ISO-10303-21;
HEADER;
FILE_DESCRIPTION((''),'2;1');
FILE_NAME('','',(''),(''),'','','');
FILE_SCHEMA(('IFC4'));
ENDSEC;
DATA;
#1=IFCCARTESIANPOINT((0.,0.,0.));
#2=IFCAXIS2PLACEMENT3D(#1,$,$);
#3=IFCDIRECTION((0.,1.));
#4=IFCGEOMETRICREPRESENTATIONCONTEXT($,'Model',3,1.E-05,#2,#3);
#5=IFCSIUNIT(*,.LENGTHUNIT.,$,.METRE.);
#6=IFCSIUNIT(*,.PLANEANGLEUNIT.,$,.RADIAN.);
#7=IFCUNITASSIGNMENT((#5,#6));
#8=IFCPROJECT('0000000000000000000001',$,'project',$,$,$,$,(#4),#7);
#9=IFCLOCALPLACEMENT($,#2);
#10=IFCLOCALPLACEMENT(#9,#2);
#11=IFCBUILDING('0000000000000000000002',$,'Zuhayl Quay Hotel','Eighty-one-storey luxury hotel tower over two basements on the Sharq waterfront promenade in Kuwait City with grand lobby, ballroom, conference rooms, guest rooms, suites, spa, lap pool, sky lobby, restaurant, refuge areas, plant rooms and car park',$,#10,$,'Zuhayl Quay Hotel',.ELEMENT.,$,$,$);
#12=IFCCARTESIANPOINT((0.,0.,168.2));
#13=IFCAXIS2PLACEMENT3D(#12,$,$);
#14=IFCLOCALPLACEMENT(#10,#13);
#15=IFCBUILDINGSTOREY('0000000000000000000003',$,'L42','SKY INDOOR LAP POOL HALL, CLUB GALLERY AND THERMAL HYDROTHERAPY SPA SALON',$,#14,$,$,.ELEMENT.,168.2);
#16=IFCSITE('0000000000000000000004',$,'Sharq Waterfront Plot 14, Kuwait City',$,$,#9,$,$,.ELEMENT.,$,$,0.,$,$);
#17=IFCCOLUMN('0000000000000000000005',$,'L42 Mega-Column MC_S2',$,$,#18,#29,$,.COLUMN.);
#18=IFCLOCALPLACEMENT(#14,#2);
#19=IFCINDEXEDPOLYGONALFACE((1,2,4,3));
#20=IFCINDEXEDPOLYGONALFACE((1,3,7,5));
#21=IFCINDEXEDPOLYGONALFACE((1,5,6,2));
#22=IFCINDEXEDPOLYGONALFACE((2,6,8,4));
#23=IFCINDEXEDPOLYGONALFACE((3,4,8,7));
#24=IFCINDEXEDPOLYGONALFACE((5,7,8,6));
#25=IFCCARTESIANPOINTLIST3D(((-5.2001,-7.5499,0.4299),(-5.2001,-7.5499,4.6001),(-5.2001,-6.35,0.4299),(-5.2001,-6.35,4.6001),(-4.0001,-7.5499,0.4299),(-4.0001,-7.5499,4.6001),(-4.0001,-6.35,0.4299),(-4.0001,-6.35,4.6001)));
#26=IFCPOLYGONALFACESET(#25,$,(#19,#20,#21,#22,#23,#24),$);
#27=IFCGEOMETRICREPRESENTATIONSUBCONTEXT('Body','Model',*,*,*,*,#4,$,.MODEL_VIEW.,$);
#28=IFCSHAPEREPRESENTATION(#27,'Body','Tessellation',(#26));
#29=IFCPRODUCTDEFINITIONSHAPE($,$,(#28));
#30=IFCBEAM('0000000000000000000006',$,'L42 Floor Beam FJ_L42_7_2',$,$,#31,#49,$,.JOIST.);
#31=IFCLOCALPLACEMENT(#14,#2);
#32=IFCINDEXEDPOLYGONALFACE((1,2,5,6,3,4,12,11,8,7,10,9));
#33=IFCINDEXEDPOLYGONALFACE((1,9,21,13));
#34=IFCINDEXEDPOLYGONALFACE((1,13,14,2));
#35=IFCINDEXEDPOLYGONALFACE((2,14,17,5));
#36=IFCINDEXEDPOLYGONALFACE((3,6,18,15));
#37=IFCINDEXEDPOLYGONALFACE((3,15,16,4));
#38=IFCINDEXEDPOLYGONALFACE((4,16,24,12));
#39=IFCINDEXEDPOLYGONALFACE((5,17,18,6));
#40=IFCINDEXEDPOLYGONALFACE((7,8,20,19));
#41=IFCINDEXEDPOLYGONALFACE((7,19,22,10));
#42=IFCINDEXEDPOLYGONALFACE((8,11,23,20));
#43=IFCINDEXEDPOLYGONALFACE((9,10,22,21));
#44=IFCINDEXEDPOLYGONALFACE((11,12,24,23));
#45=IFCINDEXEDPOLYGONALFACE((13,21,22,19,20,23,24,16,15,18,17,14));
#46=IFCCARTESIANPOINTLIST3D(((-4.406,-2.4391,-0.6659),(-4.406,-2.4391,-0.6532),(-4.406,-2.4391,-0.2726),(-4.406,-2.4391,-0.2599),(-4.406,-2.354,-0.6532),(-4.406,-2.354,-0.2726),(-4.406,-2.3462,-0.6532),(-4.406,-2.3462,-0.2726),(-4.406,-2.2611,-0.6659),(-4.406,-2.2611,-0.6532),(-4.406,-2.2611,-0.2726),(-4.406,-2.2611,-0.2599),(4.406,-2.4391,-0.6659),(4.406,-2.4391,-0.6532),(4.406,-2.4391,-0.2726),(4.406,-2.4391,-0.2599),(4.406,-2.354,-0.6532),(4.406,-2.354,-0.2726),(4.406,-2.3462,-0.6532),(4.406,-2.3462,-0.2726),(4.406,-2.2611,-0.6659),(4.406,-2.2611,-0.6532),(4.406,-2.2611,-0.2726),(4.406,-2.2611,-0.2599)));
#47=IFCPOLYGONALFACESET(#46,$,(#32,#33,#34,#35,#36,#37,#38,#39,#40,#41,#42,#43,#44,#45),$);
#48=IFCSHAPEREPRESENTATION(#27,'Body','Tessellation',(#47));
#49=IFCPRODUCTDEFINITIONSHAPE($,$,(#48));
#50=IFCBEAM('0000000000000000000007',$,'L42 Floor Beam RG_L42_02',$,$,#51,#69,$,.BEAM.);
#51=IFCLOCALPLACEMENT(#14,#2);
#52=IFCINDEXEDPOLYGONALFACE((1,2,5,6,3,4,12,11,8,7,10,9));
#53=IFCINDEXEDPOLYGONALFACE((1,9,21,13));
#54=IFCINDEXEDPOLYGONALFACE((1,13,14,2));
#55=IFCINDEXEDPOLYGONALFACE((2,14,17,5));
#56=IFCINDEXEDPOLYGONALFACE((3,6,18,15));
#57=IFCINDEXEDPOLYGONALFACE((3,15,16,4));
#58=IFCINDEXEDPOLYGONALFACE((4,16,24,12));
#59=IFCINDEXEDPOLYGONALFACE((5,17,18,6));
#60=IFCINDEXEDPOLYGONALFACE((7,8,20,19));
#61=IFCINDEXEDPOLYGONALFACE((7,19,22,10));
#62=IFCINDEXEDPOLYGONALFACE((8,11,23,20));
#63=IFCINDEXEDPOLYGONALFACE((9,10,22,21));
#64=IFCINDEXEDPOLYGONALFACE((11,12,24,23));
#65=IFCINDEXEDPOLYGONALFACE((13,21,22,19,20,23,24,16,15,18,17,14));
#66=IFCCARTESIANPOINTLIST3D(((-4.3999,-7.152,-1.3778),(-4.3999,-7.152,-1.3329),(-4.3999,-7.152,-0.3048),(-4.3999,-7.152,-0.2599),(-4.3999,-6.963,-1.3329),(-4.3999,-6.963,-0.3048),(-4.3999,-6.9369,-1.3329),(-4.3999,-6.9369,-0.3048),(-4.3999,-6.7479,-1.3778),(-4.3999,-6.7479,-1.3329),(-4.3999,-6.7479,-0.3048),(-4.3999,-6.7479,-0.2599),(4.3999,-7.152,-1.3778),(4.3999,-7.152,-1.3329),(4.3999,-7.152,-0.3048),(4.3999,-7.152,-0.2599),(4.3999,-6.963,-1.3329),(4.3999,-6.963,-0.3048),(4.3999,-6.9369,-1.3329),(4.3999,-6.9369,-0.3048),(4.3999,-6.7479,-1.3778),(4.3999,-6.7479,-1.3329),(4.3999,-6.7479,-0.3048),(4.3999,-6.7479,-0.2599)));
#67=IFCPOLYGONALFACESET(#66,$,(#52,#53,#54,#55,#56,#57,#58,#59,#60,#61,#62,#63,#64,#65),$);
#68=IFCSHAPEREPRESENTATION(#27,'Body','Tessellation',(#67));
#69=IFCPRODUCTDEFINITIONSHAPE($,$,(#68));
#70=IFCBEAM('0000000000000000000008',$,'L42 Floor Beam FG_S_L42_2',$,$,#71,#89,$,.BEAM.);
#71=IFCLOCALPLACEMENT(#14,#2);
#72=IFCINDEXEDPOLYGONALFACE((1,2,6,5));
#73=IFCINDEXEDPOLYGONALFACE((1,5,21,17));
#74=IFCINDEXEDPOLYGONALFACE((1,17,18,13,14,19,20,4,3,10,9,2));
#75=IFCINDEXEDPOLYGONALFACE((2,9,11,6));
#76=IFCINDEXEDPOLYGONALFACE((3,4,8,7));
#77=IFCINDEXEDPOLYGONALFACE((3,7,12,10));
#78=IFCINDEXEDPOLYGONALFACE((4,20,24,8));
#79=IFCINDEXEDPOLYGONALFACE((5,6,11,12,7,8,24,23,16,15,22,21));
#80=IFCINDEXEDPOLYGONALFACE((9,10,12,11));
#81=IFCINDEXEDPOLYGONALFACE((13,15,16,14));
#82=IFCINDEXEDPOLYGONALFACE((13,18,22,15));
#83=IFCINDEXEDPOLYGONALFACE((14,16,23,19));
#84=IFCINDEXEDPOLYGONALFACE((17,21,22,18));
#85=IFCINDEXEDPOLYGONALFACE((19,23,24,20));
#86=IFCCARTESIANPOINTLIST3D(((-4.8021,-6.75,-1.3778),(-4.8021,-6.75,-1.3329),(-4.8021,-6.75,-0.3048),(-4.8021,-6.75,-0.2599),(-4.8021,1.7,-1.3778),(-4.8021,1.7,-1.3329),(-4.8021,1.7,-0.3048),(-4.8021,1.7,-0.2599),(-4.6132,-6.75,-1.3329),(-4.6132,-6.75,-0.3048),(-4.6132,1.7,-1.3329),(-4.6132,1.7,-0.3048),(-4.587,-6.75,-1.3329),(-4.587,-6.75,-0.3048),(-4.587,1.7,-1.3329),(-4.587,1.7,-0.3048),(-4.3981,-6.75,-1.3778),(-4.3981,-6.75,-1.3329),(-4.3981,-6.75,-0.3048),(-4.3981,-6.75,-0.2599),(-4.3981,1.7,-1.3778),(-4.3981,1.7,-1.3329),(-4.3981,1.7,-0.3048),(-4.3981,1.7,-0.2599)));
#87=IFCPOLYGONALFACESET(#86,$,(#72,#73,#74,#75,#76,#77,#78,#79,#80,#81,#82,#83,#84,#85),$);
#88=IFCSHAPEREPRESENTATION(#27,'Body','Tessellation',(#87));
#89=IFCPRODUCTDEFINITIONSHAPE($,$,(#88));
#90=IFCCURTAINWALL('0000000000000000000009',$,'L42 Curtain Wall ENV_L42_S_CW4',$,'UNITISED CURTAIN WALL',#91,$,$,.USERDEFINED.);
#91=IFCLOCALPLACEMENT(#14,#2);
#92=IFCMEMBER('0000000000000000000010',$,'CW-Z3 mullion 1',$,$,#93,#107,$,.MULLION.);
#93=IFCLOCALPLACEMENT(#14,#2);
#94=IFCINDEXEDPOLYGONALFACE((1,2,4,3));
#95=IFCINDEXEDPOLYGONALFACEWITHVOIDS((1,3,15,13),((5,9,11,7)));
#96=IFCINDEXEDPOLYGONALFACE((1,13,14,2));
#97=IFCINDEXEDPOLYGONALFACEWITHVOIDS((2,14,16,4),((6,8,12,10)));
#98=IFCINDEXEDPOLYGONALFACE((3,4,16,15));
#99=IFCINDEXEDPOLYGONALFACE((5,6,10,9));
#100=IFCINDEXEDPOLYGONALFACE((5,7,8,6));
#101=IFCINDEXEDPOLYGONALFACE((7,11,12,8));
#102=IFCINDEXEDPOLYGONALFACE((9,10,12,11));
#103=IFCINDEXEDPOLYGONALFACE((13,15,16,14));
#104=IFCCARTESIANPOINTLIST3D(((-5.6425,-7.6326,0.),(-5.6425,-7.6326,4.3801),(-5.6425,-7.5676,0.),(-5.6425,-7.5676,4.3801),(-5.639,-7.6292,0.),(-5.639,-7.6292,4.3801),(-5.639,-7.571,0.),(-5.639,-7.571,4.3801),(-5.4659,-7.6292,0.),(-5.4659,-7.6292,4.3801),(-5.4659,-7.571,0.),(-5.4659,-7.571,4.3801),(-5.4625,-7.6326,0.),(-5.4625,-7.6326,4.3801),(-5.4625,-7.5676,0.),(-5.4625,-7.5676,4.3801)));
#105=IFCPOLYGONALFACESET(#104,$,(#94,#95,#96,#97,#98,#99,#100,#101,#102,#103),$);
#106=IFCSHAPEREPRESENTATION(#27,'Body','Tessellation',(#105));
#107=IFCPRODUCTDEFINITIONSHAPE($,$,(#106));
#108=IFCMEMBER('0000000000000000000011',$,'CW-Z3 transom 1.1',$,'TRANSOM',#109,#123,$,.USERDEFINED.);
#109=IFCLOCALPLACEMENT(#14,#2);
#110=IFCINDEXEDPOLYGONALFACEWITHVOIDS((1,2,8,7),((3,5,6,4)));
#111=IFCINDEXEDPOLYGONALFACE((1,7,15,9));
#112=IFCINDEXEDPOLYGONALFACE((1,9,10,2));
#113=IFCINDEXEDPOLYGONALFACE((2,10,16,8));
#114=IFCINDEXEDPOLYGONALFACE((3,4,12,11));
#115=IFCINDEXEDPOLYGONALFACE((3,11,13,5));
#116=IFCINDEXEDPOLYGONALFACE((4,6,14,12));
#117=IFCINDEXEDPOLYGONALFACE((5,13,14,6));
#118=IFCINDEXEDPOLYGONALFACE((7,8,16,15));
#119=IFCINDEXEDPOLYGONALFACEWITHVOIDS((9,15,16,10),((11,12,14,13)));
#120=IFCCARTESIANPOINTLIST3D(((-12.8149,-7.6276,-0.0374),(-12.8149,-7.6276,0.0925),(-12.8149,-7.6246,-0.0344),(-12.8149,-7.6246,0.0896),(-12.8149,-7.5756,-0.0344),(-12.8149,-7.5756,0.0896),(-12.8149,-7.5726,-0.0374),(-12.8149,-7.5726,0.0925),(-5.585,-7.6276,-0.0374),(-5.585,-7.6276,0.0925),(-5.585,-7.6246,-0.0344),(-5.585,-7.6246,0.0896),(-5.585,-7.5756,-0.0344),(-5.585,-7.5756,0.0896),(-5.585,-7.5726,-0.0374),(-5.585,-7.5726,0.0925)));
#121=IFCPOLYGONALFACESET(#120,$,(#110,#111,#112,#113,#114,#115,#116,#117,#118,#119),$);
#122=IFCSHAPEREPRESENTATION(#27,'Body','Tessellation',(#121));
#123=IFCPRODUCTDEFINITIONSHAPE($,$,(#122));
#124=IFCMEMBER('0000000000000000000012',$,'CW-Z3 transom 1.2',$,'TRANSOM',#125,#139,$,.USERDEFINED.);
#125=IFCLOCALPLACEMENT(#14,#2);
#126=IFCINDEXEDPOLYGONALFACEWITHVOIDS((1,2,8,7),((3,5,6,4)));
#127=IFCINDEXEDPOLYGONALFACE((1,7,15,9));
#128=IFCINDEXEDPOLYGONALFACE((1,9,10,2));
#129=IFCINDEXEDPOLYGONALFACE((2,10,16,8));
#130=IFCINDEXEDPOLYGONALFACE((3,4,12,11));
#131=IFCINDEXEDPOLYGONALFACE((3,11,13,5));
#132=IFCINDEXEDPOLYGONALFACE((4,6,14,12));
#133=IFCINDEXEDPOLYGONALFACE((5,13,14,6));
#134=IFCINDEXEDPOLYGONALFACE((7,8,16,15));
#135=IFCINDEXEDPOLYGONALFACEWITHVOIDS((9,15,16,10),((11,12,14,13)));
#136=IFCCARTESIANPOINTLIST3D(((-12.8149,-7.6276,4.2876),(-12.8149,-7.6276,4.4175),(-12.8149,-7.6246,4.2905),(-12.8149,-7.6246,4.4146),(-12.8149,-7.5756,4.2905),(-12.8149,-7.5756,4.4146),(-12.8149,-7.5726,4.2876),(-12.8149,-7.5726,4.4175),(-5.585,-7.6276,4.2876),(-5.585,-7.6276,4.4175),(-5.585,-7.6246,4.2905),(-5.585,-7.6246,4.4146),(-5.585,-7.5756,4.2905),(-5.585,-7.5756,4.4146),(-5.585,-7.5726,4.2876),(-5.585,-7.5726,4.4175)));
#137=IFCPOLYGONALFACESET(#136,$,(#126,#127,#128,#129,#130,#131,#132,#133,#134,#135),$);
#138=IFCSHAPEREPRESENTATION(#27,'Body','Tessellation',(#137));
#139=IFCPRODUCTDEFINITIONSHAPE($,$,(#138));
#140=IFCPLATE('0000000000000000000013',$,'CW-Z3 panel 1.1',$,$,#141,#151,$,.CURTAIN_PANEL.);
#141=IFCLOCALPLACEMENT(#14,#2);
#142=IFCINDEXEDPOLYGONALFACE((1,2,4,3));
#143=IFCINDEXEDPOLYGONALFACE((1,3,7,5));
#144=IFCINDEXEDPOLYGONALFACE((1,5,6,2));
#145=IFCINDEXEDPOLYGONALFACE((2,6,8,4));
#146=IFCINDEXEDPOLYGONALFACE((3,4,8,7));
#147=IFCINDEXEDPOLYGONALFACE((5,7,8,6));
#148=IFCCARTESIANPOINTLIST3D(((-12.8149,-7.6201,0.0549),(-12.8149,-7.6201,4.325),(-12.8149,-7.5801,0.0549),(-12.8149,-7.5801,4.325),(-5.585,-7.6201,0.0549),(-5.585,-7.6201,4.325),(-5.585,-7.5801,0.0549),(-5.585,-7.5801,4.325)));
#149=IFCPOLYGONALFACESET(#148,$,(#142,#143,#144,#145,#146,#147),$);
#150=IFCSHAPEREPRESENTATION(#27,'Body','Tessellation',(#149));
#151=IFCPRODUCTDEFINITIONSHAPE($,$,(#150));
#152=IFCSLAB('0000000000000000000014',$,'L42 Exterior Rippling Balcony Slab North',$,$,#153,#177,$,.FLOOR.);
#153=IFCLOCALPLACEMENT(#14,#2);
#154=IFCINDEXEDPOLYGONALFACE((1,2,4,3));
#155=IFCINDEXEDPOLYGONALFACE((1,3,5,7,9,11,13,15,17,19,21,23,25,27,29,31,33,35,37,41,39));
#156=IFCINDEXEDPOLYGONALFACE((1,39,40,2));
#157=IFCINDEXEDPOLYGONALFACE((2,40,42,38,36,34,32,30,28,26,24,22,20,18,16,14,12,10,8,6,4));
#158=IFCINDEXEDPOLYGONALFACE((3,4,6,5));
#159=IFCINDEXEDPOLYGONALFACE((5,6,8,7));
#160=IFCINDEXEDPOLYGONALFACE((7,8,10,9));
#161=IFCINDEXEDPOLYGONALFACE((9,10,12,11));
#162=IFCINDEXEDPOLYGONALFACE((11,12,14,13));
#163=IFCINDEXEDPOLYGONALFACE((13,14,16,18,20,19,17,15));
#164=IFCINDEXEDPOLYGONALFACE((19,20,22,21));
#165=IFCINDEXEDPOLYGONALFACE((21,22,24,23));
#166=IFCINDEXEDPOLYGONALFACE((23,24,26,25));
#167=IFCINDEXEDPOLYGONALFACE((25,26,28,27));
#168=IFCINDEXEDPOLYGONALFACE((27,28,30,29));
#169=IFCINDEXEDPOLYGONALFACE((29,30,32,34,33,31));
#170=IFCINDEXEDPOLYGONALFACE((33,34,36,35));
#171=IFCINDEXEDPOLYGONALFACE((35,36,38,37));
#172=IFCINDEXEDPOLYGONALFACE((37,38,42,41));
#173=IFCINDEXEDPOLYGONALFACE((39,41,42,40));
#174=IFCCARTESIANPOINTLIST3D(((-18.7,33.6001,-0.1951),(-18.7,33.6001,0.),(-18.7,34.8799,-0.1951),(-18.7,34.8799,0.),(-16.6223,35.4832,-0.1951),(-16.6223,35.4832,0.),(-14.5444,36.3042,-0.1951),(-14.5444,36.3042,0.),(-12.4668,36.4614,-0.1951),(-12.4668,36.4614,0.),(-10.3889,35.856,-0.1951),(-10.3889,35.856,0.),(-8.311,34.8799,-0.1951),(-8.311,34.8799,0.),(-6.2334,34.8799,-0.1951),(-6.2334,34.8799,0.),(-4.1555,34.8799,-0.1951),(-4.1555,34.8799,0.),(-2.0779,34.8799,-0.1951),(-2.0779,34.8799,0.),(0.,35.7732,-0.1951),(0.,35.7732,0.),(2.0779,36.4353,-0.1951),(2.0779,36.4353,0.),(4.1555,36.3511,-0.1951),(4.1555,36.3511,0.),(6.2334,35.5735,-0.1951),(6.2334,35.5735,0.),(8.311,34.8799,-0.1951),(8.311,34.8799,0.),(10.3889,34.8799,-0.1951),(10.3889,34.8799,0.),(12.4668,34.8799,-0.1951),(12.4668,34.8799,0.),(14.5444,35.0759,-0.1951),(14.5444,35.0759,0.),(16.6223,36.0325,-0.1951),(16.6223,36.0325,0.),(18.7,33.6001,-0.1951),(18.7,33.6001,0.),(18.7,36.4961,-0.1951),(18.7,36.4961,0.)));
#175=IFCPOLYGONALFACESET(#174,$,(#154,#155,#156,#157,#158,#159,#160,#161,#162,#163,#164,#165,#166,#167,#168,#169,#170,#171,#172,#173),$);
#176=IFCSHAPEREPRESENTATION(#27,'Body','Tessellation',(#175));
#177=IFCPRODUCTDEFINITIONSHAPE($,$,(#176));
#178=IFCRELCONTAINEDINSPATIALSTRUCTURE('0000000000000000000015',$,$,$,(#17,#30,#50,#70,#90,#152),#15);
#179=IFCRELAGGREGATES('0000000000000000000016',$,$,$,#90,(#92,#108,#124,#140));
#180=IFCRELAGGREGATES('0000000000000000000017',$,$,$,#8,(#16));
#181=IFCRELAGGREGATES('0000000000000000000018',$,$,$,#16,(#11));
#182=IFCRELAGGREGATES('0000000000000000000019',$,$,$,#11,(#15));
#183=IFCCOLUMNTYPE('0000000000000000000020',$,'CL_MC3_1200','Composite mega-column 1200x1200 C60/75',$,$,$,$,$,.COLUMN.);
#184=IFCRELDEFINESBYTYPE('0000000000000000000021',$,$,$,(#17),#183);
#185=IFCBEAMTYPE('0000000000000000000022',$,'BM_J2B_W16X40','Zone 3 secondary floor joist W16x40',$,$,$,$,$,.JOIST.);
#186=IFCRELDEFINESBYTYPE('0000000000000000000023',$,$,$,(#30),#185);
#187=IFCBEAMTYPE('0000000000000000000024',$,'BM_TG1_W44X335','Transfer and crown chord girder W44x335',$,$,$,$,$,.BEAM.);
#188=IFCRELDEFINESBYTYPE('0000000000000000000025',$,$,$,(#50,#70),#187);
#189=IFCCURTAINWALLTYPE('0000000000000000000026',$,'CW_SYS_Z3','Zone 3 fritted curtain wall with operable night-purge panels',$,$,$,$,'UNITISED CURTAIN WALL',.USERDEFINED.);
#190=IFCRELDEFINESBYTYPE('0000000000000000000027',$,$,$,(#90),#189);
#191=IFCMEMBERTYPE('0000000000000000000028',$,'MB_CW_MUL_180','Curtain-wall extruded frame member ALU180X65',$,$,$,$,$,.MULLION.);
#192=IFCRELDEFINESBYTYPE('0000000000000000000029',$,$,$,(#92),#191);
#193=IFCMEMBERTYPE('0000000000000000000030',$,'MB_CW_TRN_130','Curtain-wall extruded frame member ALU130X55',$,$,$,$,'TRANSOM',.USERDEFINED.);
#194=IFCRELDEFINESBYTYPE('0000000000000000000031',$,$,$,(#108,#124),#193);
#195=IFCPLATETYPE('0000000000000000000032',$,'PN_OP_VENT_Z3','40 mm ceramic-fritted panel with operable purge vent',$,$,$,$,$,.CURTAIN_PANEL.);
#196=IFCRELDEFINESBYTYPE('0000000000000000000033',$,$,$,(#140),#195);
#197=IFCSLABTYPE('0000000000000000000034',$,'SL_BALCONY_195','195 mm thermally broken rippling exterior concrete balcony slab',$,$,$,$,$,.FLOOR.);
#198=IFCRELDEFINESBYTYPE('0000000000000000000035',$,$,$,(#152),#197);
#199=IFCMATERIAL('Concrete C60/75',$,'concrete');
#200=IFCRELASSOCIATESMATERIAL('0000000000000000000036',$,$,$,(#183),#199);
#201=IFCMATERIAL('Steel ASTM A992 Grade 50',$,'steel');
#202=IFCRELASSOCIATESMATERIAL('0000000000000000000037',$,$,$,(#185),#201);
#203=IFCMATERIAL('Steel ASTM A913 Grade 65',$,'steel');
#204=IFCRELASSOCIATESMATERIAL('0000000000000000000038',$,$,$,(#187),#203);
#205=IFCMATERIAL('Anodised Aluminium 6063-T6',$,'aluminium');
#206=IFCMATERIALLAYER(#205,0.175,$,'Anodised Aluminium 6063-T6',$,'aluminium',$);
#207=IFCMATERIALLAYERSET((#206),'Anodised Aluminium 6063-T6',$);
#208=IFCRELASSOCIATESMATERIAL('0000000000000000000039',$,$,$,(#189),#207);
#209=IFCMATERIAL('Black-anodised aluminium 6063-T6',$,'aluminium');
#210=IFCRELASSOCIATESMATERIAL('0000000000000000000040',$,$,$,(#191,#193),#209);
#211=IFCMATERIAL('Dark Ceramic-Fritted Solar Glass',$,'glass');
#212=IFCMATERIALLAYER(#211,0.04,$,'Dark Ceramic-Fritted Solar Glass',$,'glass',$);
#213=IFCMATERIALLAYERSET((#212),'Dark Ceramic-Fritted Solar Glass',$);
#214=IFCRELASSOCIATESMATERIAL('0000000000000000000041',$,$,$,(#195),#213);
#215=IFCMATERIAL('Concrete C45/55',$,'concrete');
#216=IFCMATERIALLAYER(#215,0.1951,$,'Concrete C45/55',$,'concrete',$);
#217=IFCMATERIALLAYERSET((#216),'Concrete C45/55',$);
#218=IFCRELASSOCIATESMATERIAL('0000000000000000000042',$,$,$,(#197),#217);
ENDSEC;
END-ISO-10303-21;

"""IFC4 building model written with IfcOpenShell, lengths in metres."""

from ifc_helpers import new_model, si_unit, direction, frame, origin, origin_2d, place, context, subcontext, project, spatial, polyline, rectangle, hollow_rectangle, i_section, outline, extrude, material, layer, layer_set, material_profile, profile_set, type_object, element, aggregate, save


model = new_model("IFC4")

# Units and contexts
model_context = context("Model", 3, precision=1e-05, world=origin(), true_north=direction((0.0, 1.0)))
body_context = subcontext(model_context, "Body", "Model", "MODEL_VIEW")
ifc_project = project(units=[si_unit("LENGTHUNIT", "METRE"), si_unit("PLANEANGLEUNIT", "RADIAN")], contexts=[model_context])

# Site, building, storey
site_placement = place(None, origin())
site = spatial("IfcSite", under=ifc_project, at=site_placement, Name="Sharq Waterfront Plot 14, Kuwait City", CompositionType="ELEMENT", RefElevation=0.0)
building_placement = place(site_placement, origin())
building = spatial("IfcBuilding", under=site, at=building_placement, Name="Zuhayl Quay Hotel", Description="Eighty-one-storey luxury hotel tower over two basements on the Sharq waterfront promenade in Kuwait City with grand lobby, ballroom, conference rooms, guest rooms, suites, spa, lap pool, sky lobby, restaurant, refuge areas, plant rooms and car park", LongName="Zuhayl Quay Hotel", CompositionType="ELEMENT")
storey_placement = place(building_placement, frame((0.0, 0.0, 168.2)))
storey = spatial("IfcBuildingStorey", under=building, at=storey_placement, Name="L42", Description="SKY INDOOR LAP POOL HALL, CLUB GALLERY AND THERMAL HYDROTHERAPY SPA SALON", CompositionType="ELEMENT", Elevation=168.2)

# Column
ifc_material_1 = material(Name="Concrete C60/75", Category="concrete")
ifc_material_profile_1 = material_profile(ifc_material_1, rectangle(XDim=1.2, YDim=1.2, at=origin_2d()), Name="RC1200X1200")
ifc_profile_set_1 = profile_set([ifc_material_profile_1], Name="Concrete C60/75")
column_type = type_object("IfcColumnType", Name="CL_MC3_1200", Description="Composite mega-column 1200x1200 C60/75", PredefinedType="COLUMN", material=ifc_profile_set_1)
column_placement = place(storey_placement, frame((-4.6001, -6.95, 0.4299), z_axis=(0.0, 0.0, 1.0), x_axis=(1.0, 0.0, 0.0)))
element("IfcColumn", 1, at=column_placement, inside=storey, type_object=column_type, Name="L42 Mega-Column MC_S2", PredefinedType="COLUMN", context=body_context, shape_type="SweptSolid", body=[
    extrude(rectangle(XDim=1.2, YDim=1.2, at=origin_2d()), origin(), (0.0, 0.0, 1.0), 4.1702),
])

# Beams
ifc_material_2 = material(Name="Steel ASTM A992 Grade 50", Category="steel")
ifc_material_profile_2 = material_profile(ifc_material_2, i_section(OverallWidth=0.178, OverallDepth=0.406, WebThickness=0.0078, FlangeThickness=0.0127, at=origin_2d()), Name="W16X40")
ifc_profile_set_2 = profile_set([ifc_material_profile_2], Name="Steel ASTM A992 Grade 50")
beam_type_1 = type_object("IfcBeamType", Name="BM_J2B_W16X40", Description="Zone 3 secondary floor joist W16x40", PredefinedType="JOIST", material=ifc_profile_set_2)
beam_1_placement = place(storey_placement, frame((-4.406, -2.3501, -0.4629), z_axis=(1.0, 0.0, 0.0), x_axis=(0.0, 1.0, 0.0)))
element("IfcBeam", 2, at=beam_1_placement, inside=storey, type_object=beam_type_1, Name="L42 Floor Beam FJ_L42_7_2", PredefinedType="JOIST", context=body_context, shape_type="SweptSolid", body=[
    extrude(i_section(OverallWidth=0.178, OverallDepth=0.406, WebThickness=0.0078, FlangeThickness=0.0127, at=origin_2d()), origin(), (0.0, 0.0, 1.0), 8.812),
])
ifc_material_3 = material(Name="Steel ASTM A913 Grade 65", Category="steel")
ifc_material_profile_3 = material_profile(ifc_material_3, i_section(OverallWidth=0.4041, OverallDepth=1.1179, WebThickness=0.0261, FlangeThickness=0.0449, at=origin_2d()), Name="W44X335")
ifc_profile_set_3 = profile_set([ifc_material_profile_3], Name="Steel ASTM A913 Grade 65")
beam_type_2 = type_object("IfcBeamType", Name="BM_TG1_W44X335", Description="Transfer and crown chord girder W44x335", PredefinedType="BEAM", material=ifc_profile_set_3)
beam_2_placement = place(storey_placement, frame((-4.3999, -6.95, -0.8188), z_axis=(1.0, 0.0, 0.0), x_axis=(0.0, 1.0, 0.0)))
element("IfcBeam", 3, at=beam_2_placement, inside=storey, type_object=beam_type_2, Name="L42 Floor Beam RG_L42_02", PredefinedType="BEAM", context=body_context, shape_type="SweptSolid", body=[
    extrude(i_section(OverallWidth=0.4041, OverallDepth=1.1179, WebThickness=0.0261, FlangeThickness=0.0449, at=origin_2d()), origin(), (0.0, 0.0, 1.0), 8.7998),
])
beam_3_placement = place(storey_placement, frame((-4.6001, -6.75, -0.8188), z_axis=(0.0, 1.0, 0.0), x_axis=(-1.0, 0.0, 0.0)))
element("IfcBeam", 4, at=beam_3_placement, inside=storey, type_object=beam_type_2, Name="L42 Floor Beam FG_S_L42_2", PredefinedType="BEAM", context=body_context, shape_type="SweptSolid", body=[
    extrude(i_section(OverallWidth=0.4041, OverallDepth=1.1179, WebThickness=0.0261, FlangeThickness=0.0449, at=origin_2d()), origin(), (0.0, 0.0, 1.0), 8.45),
])

# Curtain wall, members, plate
ifc_material_4 = material(Name="Anodised Aluminium 6063-T6", Category="aluminium")
ifc_layer_1 = layer(ifc_material_4, 0.175, Name="Anodised Aluminium 6063-T6", Category="aluminium")
ifc_layer_set_1 = layer_set([ifc_layer_1], Name="Anodised Aluminium 6063-T6")
curtain_wall_type = type_object("IfcCurtainWallType", Name="CW_SYS_Z3", Description="Zone 3 fritted curtain wall with operable night-purge panels", ElementType="UNITISED CURTAIN WALL", PredefinedType="USERDEFINED", material=ifc_layer_set_1)
curtain_wall_placement = place(storey_placement, origin())
curtain_wall = element("IfcCurtainWall", 5, at=curtain_wall_placement, inside=storey, type_object=curtain_wall_type, Name="L42 Curtain Wall ENV_L42_S_CW4", ObjectType="UNITISED CURTAIN WALL", PredefinedType="USERDEFINED")
ifc_material_5 = material(Name="Black-anodised aluminium 6063-T6", Category="aluminium")
ifc_material_profile_4 = material_profile(ifc_material_5, hollow_rectangle(XDim=0.0649, YDim=0.1799, WallThickness=0.0034, at=origin_2d()), Name="ALU180X65")
ifc_profile_set_4 = profile_set([ifc_material_profile_4], Name="Black-anodised aluminium 6063-T6")
member_type_1 = type_object("IfcMemberType", Name="MB_CW_MUL_180", Description="Curtain-wall extruded frame member ALU180X65", PredefinedType="MULLION", material=ifc_profile_set_4)
member_1_placement = place(storey_placement, frame((-5.5525, -7.6001, 0.0), z_axis=(0.0, 0.0, 1.0), x_axis=(0.0, -1.0, 0.0)))
member_1 = element("IfcMember", 6, at=member_1_placement, type_object=member_type_1, Name="CW-Z3 mullion 1", PredefinedType="MULLION", context=body_context, shape_type="SweptSolid", body=[
    extrude(hollow_rectangle(XDim=0.0649, YDim=0.1799, WallThickness=0.0034, at=origin_2d()), origin(), (0.0, 0.0, 1.0), 4.3801),
])
ifc_material_profile_5 = material_profile(ifc_material_5, hollow_rectangle(XDim=0.0549, YDim=0.1299, WallThickness=0.0029, at=origin_2d()), Name="ALU130X55")
ifc_profile_set_5 = profile_set([ifc_material_profile_5], Name="Black-anodised aluminium 6063-T6")
member_type_2 = type_object("IfcMemberType", Name="MB_CW_TRN_130", Description="Curtain-wall extruded frame member ALU130X55", ElementType="TRANSOM", PredefinedType="USERDEFINED", material=ifc_profile_set_5)
member_2_placement = place(storey_placement, frame((-5.585, -7.6001, 0.0276), z_axis=(-1.0, 0.0, 0.0), x_axis=(0.0, -1.0, 0.0)))
member_2 = element("IfcMember", 7, at=member_2_placement, type_object=member_type_2, Name="CW-Z3 transom 1.1", ObjectType="TRANSOM", PredefinedType="USERDEFINED", context=body_context, shape_type="SweptSolid", body=[
    extrude(hollow_rectangle(XDim=0.0549, YDim=0.1299, WallThickness=0.0029, at=origin_2d()), origin(), (0.0, 0.0, 1.0), 7.23),
])
member_3_placement = place(storey_placement, frame((-5.585, -7.6001, 4.3525), z_axis=(-1.0, 0.0, 0.0), x_axis=(0.0, -1.0, 0.0)))
member_3 = element("IfcMember", 8, at=member_3_placement, type_object=member_type_2, Name="CW-Z3 transom 1.2", ObjectType="TRANSOM", PredefinedType="USERDEFINED", context=body_context, shape_type="SweptSolid", body=[
    extrude(hollow_rectangle(XDim=0.0549, YDim=0.1299, WallThickness=0.0029, at=origin_2d()), origin(), (0.0, 0.0, 1.0), 7.23),
])
ifc_material_6 = material(Name="Dark Ceramic-Fritted Solar Glass", Category="glass")
ifc_layer_2 = layer(ifc_material_6, 0.04, Name="Dark Ceramic-Fritted Solar Glass", Category="glass")
ifc_layer_set_2 = layer_set([ifc_layer_2], Name="Dark Ceramic-Fritted Solar Glass")
plate_type = type_object("IfcPlateType", Name="PN_OP_VENT_Z3", Description="40 mm ceramic-fritted panel with operable purge vent", PredefinedType="CURTAIN_PANEL", material=ifc_layer_set_2)
plate_placement = place(storey_placement, frame((-9.2, -7.6001, 0.0549), z_axis=(0.0, 0.0, 1.0), x_axis=(-1.0, 0.0, 0.0)))
plate = element("IfcPlate", 9, at=plate_placement, type_object=plate_type, Name="CW-Z3 panel 1.1", PredefinedType="CURTAIN_PANEL", context=body_context, shape_type="SweptSolid", body=[
    extrude(rectangle(XDim=7.23, YDim=0.04, at=origin_2d()), origin(), (0.0, 0.0, 1.0), 4.27),
])
aggregate(curtain_wall, [member_1, member_2, member_3, plate])

# Slab
ifc_material_7 = material(Name="Concrete C45/55", Category="concrete")
ifc_layer_3 = layer(ifc_material_7, 0.1951, Name="Concrete C45/55", Category="concrete")
ifc_layer_set_3 = layer_set([ifc_layer_3], Name="Concrete C45/55")
slab_type_1 = type_object("IfcSlabType", Name="SL_BALCONY_195", Description="195 mm thermally broken rippling exterior concrete balcony slab", PredefinedType="FLOOR", material=ifc_layer_set_3)
slab_1_placement = place(storey_placement, frame((0.0, 0.0, -0.1951)))
element("IfcSlab", 10, at=slab_1_placement, inside=storey, type_object=slab_type_1, Name="L42 Exterior Rippling Balcony Slab North", PredefinedType="FLOOR", context=body_context, shape_type="SweptSolid", body=[
    extrude(outline(polyline([(-18.7, 33.6001), (18.7, 33.6001), (18.7, 36.4961), (16.6223, 36.0325), (14.5444, 35.0759), (12.4668, 34.8799), (10.3889, 34.8799), (8.311, 34.8799), (6.2334, 35.5735), (4.1555, 36.3511), (2.0779, 36.4353), (0.0, 35.7732), (-2.0779, 34.8799), (-4.1555, 34.8799), (-6.2334, 34.8799), (-8.311, 34.8799), (-10.3889, 35.856), (-12.4668, 36.4614), (-14.5444, 36.3042), (-16.6223, 35.4832), (-18.7, 34.8799), (-18.7, 33.6001)])), origin(), (0.0, 0.0, 1.0), 0.1951),
])

save(model, "model.ifc")
